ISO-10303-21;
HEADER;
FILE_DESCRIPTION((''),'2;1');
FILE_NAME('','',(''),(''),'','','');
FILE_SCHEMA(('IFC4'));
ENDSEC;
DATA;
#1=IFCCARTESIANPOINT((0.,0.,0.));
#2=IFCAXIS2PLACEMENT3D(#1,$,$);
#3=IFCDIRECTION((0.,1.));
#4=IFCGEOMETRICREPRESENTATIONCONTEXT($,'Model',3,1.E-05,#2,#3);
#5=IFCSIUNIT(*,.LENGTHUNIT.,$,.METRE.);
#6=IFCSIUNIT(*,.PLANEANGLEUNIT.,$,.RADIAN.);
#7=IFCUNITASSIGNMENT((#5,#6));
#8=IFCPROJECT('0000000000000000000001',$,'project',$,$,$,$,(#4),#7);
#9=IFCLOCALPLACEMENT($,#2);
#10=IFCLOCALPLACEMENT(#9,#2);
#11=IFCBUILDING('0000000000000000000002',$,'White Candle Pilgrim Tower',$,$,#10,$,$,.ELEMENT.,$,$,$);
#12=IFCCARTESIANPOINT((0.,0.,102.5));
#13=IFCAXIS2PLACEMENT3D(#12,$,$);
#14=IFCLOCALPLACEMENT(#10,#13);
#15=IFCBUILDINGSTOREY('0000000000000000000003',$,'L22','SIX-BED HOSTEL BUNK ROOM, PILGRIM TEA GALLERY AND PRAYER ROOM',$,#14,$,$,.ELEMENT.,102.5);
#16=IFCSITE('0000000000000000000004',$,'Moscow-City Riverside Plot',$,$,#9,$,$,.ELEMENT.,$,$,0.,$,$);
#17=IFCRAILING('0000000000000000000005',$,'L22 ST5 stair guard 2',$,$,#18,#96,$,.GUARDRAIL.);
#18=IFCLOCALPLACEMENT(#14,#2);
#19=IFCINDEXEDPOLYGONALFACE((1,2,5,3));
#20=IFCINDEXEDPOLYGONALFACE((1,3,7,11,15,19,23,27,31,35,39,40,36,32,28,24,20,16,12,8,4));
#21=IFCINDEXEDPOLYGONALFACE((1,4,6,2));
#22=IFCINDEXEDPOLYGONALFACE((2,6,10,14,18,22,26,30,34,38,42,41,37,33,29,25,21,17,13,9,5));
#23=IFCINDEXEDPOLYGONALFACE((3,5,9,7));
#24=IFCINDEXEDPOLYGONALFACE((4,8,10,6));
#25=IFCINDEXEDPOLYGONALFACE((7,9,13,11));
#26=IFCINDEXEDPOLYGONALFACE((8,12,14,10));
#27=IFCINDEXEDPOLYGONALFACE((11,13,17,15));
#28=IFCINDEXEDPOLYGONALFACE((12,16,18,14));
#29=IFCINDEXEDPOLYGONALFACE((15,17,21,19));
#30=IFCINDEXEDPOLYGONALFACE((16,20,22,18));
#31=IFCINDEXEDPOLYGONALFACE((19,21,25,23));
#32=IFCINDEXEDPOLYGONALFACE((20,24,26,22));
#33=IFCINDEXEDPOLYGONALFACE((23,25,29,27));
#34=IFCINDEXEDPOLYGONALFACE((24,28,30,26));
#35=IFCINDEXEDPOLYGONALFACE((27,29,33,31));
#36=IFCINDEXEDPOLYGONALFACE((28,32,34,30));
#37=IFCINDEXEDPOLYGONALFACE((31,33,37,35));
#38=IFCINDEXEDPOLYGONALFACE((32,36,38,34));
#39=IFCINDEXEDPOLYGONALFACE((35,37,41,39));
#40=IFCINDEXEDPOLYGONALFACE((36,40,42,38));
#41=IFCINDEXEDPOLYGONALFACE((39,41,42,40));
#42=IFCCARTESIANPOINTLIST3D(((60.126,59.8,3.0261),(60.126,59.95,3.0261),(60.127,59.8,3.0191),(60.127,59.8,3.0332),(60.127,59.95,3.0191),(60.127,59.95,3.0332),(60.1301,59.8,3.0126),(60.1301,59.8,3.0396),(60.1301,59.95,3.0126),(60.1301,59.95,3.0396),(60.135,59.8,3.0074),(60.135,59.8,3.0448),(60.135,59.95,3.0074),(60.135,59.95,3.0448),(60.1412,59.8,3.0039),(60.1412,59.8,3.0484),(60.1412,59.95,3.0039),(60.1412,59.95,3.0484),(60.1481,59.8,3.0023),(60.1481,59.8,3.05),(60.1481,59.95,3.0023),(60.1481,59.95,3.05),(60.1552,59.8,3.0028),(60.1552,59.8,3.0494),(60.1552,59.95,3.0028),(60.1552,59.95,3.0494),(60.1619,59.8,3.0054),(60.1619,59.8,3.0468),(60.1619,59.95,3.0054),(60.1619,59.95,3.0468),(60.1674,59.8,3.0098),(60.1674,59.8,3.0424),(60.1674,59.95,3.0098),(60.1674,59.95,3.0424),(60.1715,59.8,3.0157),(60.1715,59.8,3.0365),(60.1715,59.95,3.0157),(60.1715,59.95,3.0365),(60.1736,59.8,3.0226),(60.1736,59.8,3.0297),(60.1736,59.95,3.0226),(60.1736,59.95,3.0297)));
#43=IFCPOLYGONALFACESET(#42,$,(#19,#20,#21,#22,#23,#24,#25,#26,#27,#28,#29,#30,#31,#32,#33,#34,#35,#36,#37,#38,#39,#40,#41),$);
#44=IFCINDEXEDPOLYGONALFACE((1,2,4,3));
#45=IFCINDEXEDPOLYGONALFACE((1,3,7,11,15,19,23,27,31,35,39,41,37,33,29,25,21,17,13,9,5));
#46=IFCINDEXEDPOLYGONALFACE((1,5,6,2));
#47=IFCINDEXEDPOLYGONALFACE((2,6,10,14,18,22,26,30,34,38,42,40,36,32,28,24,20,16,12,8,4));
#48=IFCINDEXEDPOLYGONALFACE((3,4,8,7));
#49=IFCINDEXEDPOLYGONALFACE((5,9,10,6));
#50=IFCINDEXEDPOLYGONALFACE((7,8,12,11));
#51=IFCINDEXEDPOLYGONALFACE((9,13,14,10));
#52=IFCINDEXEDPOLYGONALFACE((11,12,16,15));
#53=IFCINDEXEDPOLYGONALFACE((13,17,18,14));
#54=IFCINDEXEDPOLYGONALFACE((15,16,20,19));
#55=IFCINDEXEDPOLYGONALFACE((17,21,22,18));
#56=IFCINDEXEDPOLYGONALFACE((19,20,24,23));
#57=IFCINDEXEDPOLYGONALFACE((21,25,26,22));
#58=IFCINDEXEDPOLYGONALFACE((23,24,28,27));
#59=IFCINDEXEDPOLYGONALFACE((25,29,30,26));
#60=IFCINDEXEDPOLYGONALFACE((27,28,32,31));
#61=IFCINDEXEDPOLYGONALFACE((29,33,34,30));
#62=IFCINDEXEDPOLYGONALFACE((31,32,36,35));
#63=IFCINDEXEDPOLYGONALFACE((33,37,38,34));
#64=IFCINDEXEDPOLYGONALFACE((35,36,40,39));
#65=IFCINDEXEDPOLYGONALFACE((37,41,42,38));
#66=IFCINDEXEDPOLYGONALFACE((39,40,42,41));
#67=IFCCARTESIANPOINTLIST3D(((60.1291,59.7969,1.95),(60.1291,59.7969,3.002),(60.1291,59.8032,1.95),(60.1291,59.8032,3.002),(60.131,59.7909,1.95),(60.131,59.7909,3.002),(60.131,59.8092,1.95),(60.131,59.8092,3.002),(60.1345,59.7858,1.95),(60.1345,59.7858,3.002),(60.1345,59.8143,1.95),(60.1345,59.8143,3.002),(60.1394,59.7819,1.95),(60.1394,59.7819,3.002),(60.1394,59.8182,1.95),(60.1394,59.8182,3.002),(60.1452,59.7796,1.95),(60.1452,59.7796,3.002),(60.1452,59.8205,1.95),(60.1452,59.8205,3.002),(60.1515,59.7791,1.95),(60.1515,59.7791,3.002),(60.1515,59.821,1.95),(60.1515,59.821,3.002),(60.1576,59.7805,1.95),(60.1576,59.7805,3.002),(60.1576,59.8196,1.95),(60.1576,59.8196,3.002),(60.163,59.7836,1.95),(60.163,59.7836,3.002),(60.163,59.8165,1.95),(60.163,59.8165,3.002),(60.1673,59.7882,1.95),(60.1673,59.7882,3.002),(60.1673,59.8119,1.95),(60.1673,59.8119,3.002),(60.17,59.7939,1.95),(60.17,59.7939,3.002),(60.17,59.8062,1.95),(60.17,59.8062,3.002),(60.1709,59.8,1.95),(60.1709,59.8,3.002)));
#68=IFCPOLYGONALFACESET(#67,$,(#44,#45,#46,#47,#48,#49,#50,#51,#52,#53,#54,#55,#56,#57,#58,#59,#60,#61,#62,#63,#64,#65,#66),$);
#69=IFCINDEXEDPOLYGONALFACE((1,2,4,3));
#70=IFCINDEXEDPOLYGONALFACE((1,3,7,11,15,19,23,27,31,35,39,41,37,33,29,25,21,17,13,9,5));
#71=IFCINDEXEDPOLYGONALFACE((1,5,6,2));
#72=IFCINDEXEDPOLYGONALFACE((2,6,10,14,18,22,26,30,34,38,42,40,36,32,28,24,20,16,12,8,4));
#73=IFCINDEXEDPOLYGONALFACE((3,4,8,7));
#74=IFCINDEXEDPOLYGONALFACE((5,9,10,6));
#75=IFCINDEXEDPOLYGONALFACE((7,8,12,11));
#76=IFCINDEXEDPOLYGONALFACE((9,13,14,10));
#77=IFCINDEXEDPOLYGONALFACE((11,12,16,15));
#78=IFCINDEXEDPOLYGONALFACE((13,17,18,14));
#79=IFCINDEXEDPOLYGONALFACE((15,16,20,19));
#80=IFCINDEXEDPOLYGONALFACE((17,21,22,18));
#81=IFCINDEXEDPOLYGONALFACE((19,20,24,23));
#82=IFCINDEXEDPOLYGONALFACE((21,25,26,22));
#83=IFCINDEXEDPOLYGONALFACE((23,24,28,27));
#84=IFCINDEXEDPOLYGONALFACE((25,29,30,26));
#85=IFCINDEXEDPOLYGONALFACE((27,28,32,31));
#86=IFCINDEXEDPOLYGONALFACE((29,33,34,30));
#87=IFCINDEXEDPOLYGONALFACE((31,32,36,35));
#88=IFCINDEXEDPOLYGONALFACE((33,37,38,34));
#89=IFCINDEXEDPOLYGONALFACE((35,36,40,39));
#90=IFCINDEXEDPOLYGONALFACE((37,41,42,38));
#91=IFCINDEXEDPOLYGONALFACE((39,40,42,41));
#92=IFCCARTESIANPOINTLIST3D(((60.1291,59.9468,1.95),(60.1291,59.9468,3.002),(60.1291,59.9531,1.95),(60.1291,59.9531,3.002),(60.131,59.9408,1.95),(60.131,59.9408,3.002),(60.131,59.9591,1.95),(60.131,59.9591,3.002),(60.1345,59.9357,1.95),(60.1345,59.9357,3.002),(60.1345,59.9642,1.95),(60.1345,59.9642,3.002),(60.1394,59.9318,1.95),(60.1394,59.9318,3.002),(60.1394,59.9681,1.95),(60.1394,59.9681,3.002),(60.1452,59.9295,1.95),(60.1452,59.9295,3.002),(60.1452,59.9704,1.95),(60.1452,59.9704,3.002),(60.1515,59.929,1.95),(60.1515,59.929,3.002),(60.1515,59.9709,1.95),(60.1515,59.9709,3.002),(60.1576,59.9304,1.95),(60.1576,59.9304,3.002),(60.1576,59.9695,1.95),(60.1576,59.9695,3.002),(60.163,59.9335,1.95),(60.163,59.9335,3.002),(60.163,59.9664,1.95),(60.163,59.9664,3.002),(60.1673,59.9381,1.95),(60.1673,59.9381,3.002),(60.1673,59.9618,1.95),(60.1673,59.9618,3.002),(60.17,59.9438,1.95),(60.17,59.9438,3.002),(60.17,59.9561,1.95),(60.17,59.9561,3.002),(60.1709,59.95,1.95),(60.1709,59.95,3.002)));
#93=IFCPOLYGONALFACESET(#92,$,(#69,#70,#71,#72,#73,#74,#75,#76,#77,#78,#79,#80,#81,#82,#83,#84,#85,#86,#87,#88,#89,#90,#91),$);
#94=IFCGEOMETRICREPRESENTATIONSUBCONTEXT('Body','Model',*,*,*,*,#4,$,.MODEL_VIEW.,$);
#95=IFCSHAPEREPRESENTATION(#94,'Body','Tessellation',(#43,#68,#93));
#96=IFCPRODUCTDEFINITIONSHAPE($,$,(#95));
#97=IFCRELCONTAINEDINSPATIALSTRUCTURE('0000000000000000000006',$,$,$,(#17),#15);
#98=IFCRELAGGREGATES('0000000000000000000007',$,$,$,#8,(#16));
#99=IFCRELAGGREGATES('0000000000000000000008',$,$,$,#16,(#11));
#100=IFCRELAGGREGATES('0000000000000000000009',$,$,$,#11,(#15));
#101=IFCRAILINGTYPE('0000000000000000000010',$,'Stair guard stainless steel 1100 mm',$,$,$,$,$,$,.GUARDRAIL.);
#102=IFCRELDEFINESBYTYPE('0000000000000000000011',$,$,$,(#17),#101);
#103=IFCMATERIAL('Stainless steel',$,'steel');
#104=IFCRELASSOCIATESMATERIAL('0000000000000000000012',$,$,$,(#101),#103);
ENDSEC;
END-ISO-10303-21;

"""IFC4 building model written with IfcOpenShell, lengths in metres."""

from ifc_helpers import new_model, si_unit, direction, frame, origin, origin_2d, place, context, subcontext, project, spatial, circle, extrude, material, type_object, element, save


model = new_model("IFC4")

# Units and contexts
model_context = context("Model", 3, precision=1e-05, world=origin(), true_north=direction((0.0, 1.0)))
body_context = subcontext(model_context, "Body", "Model", "MODEL_VIEW")
ifc_project = project(units=[si_unit("LENGTHUNIT", "METRE"), si_unit("PLANEANGLEUNIT", "RADIAN")], contexts=[model_context])

# Site, building, storey
site_placement = place(None, origin())
site = spatial("IfcSite", under=ifc_project, at=site_placement, Name="Moscow-City Riverside Plot", CompositionType="ELEMENT", RefElevation=0.0)
building_placement = place(site_placement, origin())
building = spatial("IfcBuilding", under=site, at=building_placement, Name="White Candle Pilgrim Tower", CompositionType="ELEMENT")
storey_placement = place(building_placement, frame((0.0, 0.0, 102.5)))
storey = spatial("IfcBuildingStorey", under=building, at=storey_placement, Name="L22", Description="SIX-BED HOSTEL BUNK ROOM, PILGRIM TEA GALLERY AND PRAYER ROOM", CompositionType="ELEMENT", Elevation=102.5)

# Railing
ifc_material_1 = material(Name="Stainless steel", Category="steel")
railing_type_1 = type_object("IfcRailingType", Name="Stair guard stainless steel 1100 mm", PredefinedType="GUARDRAIL", material=ifc_material_1)
railing_1_placement = place(storey_placement, frame((60.1499, 59.8, 1.95)))
element("IfcRailing", 1, at=railing_1_placement, inside=storey, type_object=railing_type_1, Name="L22 ST5 stair guard 2", PredefinedType="GUARDRAIL", context=body_context, shape_type="SweptSolid", body=[
    extrude(circle(Radius=0.0239, at=origin_2d()), frame((0.0, 0.0, 1.0762), z_axis=(0.0, 1.0, 0.0), x_axis=(-1.0, 0.0, 0.0)), (0.0, 0.0, 1.0), 0.1499),
    extrude(circle(Radius=0.021, at=origin_2d()), origin(), (0.0, 0.0, 1.0), 1.052),
    extrude(circle(Radius=0.021, at=origin_2d()), frame((0.0, 0.1499, 0.0)), (0.0, 0.0, 1.0), 1.052),
])

save(model, "model.ifc")
